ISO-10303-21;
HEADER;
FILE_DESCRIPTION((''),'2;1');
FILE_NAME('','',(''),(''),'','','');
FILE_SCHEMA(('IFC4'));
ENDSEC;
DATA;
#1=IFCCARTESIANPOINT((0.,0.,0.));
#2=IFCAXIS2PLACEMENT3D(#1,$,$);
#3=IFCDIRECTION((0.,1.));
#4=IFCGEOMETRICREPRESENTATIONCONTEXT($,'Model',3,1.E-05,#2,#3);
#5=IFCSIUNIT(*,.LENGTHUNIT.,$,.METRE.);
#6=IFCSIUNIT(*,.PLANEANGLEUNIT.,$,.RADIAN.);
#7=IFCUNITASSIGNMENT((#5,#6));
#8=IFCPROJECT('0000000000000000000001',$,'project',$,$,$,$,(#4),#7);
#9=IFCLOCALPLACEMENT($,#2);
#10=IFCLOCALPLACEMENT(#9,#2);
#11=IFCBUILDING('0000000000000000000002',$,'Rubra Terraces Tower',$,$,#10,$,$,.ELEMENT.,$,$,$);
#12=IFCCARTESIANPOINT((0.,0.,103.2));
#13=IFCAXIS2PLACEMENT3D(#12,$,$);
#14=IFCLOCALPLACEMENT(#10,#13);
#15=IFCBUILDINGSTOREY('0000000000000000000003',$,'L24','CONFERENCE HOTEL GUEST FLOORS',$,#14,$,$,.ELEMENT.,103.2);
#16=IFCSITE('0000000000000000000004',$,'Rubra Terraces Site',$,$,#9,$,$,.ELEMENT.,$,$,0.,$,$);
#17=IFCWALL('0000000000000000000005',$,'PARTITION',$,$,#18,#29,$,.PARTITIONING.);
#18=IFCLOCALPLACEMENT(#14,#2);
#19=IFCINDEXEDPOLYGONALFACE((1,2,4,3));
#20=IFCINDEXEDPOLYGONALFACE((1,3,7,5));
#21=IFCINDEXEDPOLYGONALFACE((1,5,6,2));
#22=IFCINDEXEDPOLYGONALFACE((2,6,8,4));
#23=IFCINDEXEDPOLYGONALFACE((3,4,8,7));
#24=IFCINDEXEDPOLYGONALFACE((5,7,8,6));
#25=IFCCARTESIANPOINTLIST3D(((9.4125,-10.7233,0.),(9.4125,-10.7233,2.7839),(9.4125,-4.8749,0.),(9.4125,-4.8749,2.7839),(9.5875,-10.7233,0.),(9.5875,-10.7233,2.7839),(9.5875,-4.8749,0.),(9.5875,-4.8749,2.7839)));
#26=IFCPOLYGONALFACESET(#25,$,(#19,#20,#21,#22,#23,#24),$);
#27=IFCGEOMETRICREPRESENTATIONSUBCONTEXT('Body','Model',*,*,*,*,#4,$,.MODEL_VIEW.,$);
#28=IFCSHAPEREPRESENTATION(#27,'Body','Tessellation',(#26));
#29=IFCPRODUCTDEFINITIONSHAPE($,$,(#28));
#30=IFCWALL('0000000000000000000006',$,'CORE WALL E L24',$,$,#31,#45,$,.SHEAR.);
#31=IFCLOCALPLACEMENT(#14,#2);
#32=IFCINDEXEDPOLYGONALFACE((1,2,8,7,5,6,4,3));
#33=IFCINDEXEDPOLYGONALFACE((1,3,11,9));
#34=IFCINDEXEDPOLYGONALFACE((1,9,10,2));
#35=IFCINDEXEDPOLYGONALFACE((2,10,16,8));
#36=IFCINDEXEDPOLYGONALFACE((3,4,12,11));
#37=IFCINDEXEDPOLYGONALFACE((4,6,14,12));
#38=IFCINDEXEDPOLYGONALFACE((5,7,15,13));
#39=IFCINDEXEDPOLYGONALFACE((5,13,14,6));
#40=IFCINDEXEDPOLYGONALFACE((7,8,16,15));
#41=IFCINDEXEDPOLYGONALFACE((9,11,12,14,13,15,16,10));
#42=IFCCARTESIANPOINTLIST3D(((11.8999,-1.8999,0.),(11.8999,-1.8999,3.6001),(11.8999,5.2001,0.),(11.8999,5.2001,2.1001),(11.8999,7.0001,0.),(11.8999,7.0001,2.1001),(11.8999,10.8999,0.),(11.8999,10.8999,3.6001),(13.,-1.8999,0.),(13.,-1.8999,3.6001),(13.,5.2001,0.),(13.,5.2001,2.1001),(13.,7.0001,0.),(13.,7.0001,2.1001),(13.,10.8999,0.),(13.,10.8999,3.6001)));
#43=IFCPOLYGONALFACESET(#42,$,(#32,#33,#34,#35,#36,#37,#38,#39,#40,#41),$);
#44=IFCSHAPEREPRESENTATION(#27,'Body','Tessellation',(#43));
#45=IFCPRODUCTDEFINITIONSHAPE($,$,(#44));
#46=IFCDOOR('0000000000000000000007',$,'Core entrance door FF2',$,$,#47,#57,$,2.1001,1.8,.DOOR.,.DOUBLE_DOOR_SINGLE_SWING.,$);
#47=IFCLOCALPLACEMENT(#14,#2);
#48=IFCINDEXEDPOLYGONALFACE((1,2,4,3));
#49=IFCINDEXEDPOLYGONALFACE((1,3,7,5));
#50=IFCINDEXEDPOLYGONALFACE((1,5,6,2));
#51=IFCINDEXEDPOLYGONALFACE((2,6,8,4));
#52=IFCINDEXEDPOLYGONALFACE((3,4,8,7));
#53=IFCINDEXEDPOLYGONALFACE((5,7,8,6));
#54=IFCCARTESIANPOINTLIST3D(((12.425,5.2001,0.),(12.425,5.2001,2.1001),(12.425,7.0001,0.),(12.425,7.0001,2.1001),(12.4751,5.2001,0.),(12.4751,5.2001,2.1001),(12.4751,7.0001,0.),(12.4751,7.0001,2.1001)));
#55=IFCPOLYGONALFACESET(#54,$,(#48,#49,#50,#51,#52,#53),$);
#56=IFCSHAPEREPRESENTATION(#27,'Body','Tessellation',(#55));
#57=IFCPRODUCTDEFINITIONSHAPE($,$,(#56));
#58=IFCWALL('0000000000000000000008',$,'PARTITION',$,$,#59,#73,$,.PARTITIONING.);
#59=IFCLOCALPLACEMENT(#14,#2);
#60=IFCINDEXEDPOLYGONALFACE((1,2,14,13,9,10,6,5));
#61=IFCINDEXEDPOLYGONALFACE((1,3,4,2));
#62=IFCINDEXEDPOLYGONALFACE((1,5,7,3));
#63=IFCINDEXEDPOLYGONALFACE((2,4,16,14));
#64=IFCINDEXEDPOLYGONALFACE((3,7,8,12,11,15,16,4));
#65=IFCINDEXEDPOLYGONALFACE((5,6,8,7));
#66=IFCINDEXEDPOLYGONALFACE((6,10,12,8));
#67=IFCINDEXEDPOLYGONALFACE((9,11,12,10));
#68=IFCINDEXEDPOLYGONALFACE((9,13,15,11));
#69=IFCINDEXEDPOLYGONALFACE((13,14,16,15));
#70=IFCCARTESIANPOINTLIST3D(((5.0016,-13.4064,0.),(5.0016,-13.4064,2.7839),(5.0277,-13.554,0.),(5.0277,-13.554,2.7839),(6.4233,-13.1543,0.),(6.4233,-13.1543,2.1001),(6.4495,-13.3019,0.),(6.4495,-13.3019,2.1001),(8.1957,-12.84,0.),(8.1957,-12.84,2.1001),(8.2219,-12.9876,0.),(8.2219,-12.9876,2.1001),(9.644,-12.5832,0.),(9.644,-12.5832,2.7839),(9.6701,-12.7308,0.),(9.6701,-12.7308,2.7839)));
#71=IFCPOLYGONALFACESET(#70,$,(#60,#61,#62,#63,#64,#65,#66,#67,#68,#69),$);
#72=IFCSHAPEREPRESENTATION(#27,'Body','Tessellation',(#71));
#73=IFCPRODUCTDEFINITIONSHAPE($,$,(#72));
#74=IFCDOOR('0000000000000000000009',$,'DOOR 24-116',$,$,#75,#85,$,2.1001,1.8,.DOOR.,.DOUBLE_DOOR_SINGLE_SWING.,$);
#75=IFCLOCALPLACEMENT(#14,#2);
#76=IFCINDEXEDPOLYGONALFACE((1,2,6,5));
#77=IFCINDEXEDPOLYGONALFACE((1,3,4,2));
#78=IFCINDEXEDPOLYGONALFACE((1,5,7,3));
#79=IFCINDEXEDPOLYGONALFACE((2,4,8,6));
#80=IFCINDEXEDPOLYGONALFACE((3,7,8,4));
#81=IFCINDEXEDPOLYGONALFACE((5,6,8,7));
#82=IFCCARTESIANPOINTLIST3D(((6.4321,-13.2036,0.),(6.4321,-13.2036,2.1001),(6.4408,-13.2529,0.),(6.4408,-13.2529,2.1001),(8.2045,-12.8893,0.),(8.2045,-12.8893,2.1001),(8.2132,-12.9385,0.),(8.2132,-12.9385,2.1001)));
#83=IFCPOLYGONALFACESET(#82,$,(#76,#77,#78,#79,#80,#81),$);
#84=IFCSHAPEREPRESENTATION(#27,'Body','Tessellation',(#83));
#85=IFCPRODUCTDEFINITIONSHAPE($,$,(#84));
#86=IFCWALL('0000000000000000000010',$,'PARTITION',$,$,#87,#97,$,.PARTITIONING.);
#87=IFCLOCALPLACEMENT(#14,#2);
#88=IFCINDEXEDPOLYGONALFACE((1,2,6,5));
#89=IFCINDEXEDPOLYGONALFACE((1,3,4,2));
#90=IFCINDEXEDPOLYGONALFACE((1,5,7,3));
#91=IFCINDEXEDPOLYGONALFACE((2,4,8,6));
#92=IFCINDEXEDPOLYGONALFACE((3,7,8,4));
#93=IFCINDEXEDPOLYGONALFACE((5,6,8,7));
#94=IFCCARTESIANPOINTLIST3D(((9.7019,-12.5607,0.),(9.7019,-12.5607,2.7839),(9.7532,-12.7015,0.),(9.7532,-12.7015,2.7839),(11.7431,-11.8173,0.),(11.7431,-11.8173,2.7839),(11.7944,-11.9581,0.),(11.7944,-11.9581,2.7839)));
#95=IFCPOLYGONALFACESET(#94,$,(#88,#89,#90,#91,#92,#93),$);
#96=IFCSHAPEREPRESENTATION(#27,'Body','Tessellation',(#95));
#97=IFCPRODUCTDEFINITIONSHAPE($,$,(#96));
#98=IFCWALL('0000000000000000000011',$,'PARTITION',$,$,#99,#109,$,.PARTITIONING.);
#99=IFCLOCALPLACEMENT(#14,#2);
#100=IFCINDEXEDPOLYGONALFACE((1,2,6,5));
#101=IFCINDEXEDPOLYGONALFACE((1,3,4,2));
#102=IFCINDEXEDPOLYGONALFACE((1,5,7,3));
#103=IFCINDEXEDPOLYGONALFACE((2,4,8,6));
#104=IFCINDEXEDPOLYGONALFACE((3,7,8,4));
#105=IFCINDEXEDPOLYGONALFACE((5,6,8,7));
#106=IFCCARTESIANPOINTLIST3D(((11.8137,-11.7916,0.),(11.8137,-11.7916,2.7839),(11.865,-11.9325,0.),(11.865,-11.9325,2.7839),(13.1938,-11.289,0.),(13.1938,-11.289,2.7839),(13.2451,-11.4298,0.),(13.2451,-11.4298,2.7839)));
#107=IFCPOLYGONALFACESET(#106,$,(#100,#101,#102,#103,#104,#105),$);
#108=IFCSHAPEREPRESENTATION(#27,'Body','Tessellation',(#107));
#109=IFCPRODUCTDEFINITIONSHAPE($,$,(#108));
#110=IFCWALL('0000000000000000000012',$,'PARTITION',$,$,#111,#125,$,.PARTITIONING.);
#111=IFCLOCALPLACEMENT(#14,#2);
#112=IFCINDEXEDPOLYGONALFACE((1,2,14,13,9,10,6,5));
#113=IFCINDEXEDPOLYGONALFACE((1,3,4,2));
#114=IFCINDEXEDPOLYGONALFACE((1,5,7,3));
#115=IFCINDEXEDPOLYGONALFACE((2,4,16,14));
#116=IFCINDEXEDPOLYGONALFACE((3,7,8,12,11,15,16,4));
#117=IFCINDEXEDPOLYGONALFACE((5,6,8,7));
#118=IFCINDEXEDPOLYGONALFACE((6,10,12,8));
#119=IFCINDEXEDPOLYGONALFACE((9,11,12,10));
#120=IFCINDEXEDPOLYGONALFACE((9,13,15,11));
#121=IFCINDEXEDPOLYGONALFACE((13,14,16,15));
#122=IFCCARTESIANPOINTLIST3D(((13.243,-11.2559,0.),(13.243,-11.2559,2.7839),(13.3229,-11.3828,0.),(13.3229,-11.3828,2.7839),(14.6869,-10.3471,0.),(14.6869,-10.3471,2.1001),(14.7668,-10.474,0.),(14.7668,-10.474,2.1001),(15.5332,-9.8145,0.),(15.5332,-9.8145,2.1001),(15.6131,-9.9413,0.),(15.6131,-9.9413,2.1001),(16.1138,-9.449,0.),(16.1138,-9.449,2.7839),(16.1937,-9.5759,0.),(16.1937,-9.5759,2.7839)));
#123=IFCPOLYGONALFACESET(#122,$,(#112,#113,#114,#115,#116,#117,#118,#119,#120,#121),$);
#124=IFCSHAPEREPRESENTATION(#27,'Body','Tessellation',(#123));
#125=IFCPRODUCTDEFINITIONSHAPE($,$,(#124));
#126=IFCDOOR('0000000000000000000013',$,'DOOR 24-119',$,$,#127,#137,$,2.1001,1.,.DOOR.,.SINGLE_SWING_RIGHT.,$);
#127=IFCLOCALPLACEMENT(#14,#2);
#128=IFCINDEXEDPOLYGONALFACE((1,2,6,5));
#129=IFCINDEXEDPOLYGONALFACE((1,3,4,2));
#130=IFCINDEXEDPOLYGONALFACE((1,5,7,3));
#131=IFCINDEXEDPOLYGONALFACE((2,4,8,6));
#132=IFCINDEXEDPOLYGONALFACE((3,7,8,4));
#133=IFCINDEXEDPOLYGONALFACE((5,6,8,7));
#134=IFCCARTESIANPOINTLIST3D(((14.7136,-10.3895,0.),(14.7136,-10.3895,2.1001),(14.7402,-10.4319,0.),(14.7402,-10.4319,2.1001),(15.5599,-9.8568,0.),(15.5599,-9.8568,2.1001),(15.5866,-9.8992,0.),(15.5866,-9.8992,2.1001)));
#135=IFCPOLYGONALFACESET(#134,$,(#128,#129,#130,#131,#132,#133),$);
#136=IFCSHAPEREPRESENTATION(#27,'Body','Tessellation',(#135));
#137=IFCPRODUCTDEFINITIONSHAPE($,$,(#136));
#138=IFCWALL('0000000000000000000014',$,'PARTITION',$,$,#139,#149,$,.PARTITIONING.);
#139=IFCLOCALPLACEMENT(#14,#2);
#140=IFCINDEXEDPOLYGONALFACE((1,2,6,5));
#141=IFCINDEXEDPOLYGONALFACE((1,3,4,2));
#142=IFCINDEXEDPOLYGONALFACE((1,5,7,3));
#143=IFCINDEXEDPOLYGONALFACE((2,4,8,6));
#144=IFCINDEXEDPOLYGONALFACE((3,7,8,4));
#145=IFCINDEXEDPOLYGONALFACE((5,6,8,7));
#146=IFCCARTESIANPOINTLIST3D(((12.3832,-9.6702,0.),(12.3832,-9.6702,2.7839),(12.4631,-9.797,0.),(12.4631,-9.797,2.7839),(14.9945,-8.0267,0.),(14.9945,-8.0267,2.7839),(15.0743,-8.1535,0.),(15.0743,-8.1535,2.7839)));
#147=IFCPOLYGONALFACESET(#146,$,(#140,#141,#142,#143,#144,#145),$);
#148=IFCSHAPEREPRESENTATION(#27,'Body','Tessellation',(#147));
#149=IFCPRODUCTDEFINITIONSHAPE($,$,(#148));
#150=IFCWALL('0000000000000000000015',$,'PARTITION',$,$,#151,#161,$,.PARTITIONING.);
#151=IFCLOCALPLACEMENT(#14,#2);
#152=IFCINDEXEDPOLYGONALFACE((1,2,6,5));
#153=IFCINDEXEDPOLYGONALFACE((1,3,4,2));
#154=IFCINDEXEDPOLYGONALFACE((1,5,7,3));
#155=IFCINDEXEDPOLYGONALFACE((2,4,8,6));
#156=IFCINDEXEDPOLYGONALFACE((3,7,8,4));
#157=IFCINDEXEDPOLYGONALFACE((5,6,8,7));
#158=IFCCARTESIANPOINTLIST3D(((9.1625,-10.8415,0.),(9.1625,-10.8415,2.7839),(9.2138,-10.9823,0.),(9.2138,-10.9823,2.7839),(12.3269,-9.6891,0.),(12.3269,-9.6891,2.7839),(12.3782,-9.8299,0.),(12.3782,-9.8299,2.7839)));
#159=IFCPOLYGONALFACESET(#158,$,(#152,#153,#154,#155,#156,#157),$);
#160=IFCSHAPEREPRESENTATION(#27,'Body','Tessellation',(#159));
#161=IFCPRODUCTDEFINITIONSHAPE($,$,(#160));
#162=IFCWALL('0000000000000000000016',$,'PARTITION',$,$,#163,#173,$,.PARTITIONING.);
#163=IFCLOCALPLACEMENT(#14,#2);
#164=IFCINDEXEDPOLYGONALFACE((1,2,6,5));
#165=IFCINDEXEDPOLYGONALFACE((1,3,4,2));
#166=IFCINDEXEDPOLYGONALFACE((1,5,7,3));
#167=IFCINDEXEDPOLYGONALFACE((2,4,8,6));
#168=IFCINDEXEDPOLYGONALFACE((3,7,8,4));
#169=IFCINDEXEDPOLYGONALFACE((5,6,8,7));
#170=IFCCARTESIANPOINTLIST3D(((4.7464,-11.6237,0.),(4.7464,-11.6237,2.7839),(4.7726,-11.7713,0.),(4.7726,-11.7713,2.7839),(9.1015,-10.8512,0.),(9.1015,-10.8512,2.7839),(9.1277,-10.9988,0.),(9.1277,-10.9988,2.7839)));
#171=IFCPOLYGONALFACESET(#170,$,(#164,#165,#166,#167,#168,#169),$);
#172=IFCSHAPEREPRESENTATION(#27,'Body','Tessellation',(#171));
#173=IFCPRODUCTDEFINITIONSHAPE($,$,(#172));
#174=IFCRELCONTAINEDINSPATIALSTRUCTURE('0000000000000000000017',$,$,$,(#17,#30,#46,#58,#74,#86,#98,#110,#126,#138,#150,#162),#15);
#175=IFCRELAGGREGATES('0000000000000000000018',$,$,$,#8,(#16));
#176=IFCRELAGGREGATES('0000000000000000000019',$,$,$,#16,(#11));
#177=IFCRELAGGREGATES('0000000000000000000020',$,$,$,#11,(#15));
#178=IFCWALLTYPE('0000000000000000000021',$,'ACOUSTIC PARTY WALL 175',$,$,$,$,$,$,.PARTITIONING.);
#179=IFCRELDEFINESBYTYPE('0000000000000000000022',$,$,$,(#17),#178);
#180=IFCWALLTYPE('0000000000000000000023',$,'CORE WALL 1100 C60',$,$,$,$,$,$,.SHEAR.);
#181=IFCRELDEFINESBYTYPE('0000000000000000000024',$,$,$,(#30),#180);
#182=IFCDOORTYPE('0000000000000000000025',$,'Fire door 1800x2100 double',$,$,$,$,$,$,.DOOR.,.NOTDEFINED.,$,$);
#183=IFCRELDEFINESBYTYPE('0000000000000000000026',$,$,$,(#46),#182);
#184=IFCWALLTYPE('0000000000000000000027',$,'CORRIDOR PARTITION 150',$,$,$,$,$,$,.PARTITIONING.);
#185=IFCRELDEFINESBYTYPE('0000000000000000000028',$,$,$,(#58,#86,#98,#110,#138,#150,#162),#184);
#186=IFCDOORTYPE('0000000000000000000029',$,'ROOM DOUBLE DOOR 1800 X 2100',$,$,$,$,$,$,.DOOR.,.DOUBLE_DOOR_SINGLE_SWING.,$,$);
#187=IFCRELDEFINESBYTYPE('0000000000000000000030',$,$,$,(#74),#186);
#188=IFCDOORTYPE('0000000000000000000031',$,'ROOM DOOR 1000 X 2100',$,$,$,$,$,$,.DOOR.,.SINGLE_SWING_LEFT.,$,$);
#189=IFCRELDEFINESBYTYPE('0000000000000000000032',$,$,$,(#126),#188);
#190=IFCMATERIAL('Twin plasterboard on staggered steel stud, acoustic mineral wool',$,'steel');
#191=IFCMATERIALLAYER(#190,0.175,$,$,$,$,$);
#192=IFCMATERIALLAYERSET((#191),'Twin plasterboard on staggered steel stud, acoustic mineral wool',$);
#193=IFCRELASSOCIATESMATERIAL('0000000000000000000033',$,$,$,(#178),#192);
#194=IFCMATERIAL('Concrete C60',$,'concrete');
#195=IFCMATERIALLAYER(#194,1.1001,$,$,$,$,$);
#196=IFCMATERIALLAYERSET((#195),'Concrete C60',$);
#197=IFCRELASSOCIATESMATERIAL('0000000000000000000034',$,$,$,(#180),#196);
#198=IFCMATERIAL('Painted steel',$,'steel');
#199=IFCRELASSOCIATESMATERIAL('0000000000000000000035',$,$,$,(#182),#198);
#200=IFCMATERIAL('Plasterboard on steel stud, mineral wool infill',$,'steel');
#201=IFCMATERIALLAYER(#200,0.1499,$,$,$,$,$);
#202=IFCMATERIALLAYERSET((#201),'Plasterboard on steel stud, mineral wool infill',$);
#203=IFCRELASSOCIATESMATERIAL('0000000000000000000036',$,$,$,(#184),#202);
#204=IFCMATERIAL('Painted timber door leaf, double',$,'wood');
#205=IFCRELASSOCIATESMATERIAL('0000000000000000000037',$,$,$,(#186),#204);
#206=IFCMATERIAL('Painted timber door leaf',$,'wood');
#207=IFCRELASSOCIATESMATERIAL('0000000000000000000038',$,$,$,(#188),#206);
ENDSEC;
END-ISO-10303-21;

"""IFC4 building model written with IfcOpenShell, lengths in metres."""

from ifc_helpers import new_model, si_unit, direction, frame, frame_2d, origin, place, context, subcontext, project, spatial, rectangle, extrude, material, layer, layer_set, type_object, element, fill, save


model = new_model("IFC4")

# Units and contexts
model_context = context("Model", 3, precision=1e-05, world=origin(), true_north=direction((0.0, 1.0)))
body_context = subcontext(model_context, "Body", "Model", "MODEL_VIEW")
ifc_project = project(units=[si_unit("LENGTHUNIT", "METRE"), si_unit("PLANEANGLEUNIT", "RADIAN")], contexts=[model_context])

# Site, building, storey
site_placement = place(None, origin())
site = spatial("IfcSite", under=ifc_project, at=site_placement, Name="Rubra Terraces Site", CompositionType="ELEMENT", RefElevation=0.0)
building_placement = place(site_placement, origin())
building = spatial("IfcBuilding", under=site, at=building_placement, Name="Rubra Terraces Tower", CompositionType="ELEMENT")
storey_placement = place(building_placement, frame((0.0, 0.0, 103.2)))
storey = spatial("IfcBuildingStorey", under=building, at=storey_placement, Name="L24", Description="CONFERENCE HOTEL GUEST FLOORS", CompositionType="ELEMENT", Elevation=103.2)

# Wall
ifc_material_1 = material(Name="Twin plasterboard on staggered steel stud, acoustic mineral wool", Category="steel")
ifc_layer_1 = layer(ifc_material_1, 0.175)
ifc_layer_set_1 = layer_set([ifc_layer_1], Name="Twin plasterboard on staggered steel stud, acoustic mineral wool")
wall_type_1 = type_object("IfcWallType", Name="ACOUSTIC PARTY WALL 175", PredefinedType="PARTITIONING", material=ifc_layer_set_1)
wall_1_placement = place(storey_placement, frame((9.5, -10.7234, 0.0), z_axis=(0.0, 0.0, 1.0), x_axis=(0.0, 1.0, 0.0)))
element("IfcWall", 1, at=wall_1_placement, inside=storey, type_object=wall_type_1, Name="PARTITION", PredefinedType="PARTITIONING", context=body_context, shape_type="SweptSolid", body=[
    extrude(rectangle(XDim=5.8484, YDim=0.175, at=frame_2d((2.9243, 0.0))), origin(), (0.0, 0.0, 1.0), 2.7839),
])

# Walls, openings, doors
ifc_material_2 = material(Name="Concrete C60", Category="concrete")
ifc_layer_2 = layer(ifc_material_2, 1.1001)
ifc_layer_set_2 = layer_set([ifc_layer_2], Name="Concrete C60")
wall_type_2 = type_object("IfcWallType", Name="CORE WALL 1100 C60", PredefinedType="SHEAR", material=ifc_layer_set_2)
wall_2_placement = place(storey_placement, frame((12.45, -1.8999, 0.0), z_axis=(0.0, 0.0, 1.0), x_axis=(0.0, 1.0, 0.0)))
wall_2 = element("IfcWall", 2, at=wall_2_placement, inside=storey, type_object=wall_type_2, Name="CORE WALL E L24", PredefinedType="SHEAR", context=body_context, shape_type="SweptSolid", body=[
    extrude(rectangle(XDim=12.7998, YDim=1.1001, at=frame_2d((6.3999, 0.0))), origin(), (0.0, 0.0, 1.0), 3.6001),
])
opening_1_placement = place(wall_2_placement, frame((7.1001, 0.0, 0.0)))
opening_1 = element("IfcOpeningElement", 3, at=opening_1_placement, cuts=wall_2, PredefinedType="OPENING", context=body_context, shape_type="SweptSolid", body=[
    extrude(rectangle(XDim=1.8, YDim=2.1001, at=frame_2d((0.8999, 1.05))), frame((0.0, 0.5601, 0.0), z_axis=(0.0, -1.0, 0.0), x_axis=(1.0, 0.0, 0.0)), (0.0, 0.0, 1.0), 1.1201),
])
ifc_material_3 = material(Name="Painted steel", Category="steel")
door_type_1 = type_object("IfcDoorType", Name="Fire door 1800x2100 double", OperationType="NOTDEFINED", PredefinedType="DOOR", material=ifc_material_3)
door_1_placement = place(opening_1_placement, origin())
door_1 = element("IfcDoor", 4, at=door_1_placement, inside=storey, type_object=door_type_1, Name="Core entrance door FF2", OperationType="DOUBLE_DOOR_SINGLE_SWING", OverallHeight=2.1001, OverallWidth=1.8, PredefinedType="DOOR", context=body_context, shape_type="SweptSolid", body=[
    extrude(rectangle(XDim=1.8, YDim=2.1001, at=frame_2d((0.8999, 1.05))), frame((0.0, 0.0249, 0.0), z_axis=(0.0, -1.0, 0.0), x_axis=(1.0, 0.0, 0.0)), (0.0, 0.0, 1.0), 0.05),
])
fill(opening_1, door_1)
ifc_material_4 = material(Name="Plasterboard on steel stud, mineral wool infill", Category="steel")
ifc_layer_3 = layer(ifc_material_4, 0.1499)
ifc_layer_set_3 = layer_set([ifc_layer_3], Name="Plasterboard on steel stud, mineral wool infill")
wall_type_3 = type_object("IfcWallType", Name="CORRIDOR PARTITION 150", PredefinedType="PARTITIONING", material=ifc_layer_set_3)
wall_3_placement = place(storey_placement, frame((5.0146, -13.4802, 0.0), z_axis=(0.0, 0.0, 1.0), x_axis=(0.984638, 0.174609, 0.0)))
wall_3 = element("IfcWall", 5, at=wall_3_placement, inside=storey, type_object=wall_type_3, Name="PARTITION", PredefinedType="PARTITIONING", context=body_context, shape_type="SweptSolid", body=[
    extrude(rectangle(XDim=4.7148, YDim=0.1499, at=frame_2d((2.3574, 0.0))), origin(), (0.0, 0.0, 1.0), 2.7839),
])
opening_2_placement = place(wall_3_placement, frame((1.4441, 0.0, 0.0)))
opening_2 = element("IfcOpeningElement", 6, at=opening_2_placement, cuts=wall_3, PredefinedType="OPENING", context=body_context, shape_type="SweptSolid", body=[
    extrude(rectangle(XDim=1.8, YDim=2.1001, at=frame_2d((0.8999, 1.05))), frame((0.0, 0.085, 0.0), z_axis=(0.0, -1.0, 0.0), x_axis=(1.0, 0.0, 0.0)), (0.0, 0.0, 1.0), 0.1699),
])
ifc_material_5 = material(Name="Painted timber door leaf, double", Category="wood")
door_type_2 = type_object("IfcDoorType", Name="ROOM DOUBLE DOOR 1800 X 2100", OperationType="DOUBLE_DOOR_SINGLE_SWING", PredefinedType="DOOR", material=ifc_material_5)
door_2_placement = place(opening_2_placement, origin())
door_2 = element("IfcDoor", 7, at=door_2_placement, inside=storey, type_object=door_type_2, Name="DOOR 24-116", OperationType="DOUBLE_DOOR_SINGLE_SWING", OverallHeight=2.1001, OverallWidth=1.8, PredefinedType="DOOR", context=body_context, shape_type="SweptSolid", body=[
    extrude(rectangle(XDim=1.8, YDim=2.1001, at=frame_2d((0.8999, 1.05))), frame((0.0, 0.0249, 0.0), z_axis=(0.0, -1.0, 0.0), x_axis=(1.0, 0.0, 0.0)), (0.0, 0.0, 1.0), 0.05),
])
fill(opening_2, door_2)

# Walls
wall_4_placement = place(storey_placement, frame((9.7275, -12.6311, 0.0), z_axis=(0.0, 0.0, 1.0), x_axis=(0.939626, 0.342203, 0.0)))
element("IfcWall", 8, at=wall_4_placement, inside=storey, type_object=wall_type_3, Name="PARTITION", PredefinedType="PARTITIONING", context=body_context, shape_type="SweptSolid", body=[
    extrude(rectangle(XDim=2.1724, YDim=0.1499, at=frame_2d((1.0862, 0.0))), origin(), (0.0, 0.0, 1.0), 2.7839),
])
wall_5_placement = place(storey_placement, frame((11.8394, -11.8621, 0.0), z_axis=(0.0, 0.0, 1.0), x_axis=(0.939614, 0.342237, 0.0)))
element("IfcWall", 9, at=wall_5_placement, inside=storey, type_object=wall_type_3, Name="PARTITION", PredefinedType="PARTITIONING", context=body_context, shape_type="SweptSolid", body=[
    extrude(rectangle(XDim=1.4688, YDim=0.1499, at=frame_2d((0.7344, 0.0))), origin(), (0.0, 0.0, 1.0), 2.7839),
])

# Wall, opening, door
wall_6_placement = place(storey_placement, frame((13.283, -11.3193, 0.0), z_axis=(0.0, 0.0, 1.0), x_axis=(0.846324, 0.532668, 0.0)))
wall_6 = element("IfcWall", 10, at=wall_6_placement, inside=storey, type_object=wall_type_3, Name="PARTITION", PredefinedType="PARTITIONING", context=body_context, shape_type="SweptSolid", body=[
    extrude(rectangle(XDim=3.3921, YDim=0.1499, at=frame_2d((1.696, 0.0))), origin(), (0.0, 0.0, 1.0), 2.7839),
])
opening_3_placement = place(wall_6_placement, frame((1.7061, 0.0, 0.0)))
opening_3 = element("IfcOpeningElement", 11, at=opening_3_placement, cuts=wall_6, PredefinedType="OPENING", context=body_context, shape_type="SweptSolid", body=[
    extrude(rectangle(XDim=1.0, YDim=2.1001, at=frame_2d((0.5, 1.05))), frame((0.0, 0.085, 0.0), z_axis=(0.0, -1.0, 0.0), x_axis=(1.0, 0.0, 0.0)), (0.0, 0.0, 1.0), 0.1699),
])
ifc_material_6 = material(Name="Painted timber door leaf", Category="wood")
door_type_3 = type_object("IfcDoorType", Name="ROOM DOOR 1000 X 2100", OperationType="SINGLE_SWING_LEFT", PredefinedType="DOOR", material=ifc_material_6)
door_3_placement = place(opening_3_placement, origin())
door_3 = element("IfcDoor", 12, at=door_3_placement, inside=storey, type_object=door_type_3, Name="DOOR 24-119", OperationType="SINGLE_SWING_RIGHT", OverallHeight=2.1001, OverallWidth=1.0, PredefinedType="DOOR", context=body_context, shape_type="SweptSolid", body=[
    extrude(rectangle(XDim=1.0, YDim=2.1001, at=frame_2d((0.5, 1.05))), frame((0.0, 0.0249, 0.0), z_axis=(0.0, -1.0, 0.0), x_axis=(1.0, 0.0, 0.0)), (0.0, 0.0, 1.0), 0.05),
])
fill(opening_3, door_3)

# Walls
wall_7_placement = place(storey_placement, frame((15.0344, -8.0901, 0.0), z_axis=(0.0, 0.0, 1.0), x_axis=(-0.846323, -0.532671, 0.0)))
element("IfcWall", 13, at=wall_7_placement, inside=storey, type_object=wall_type_3, Name="PARTITION", PredefinedType="PARTITIONING", context=body_context, shape_type="SweptSolid", body=[
    extrude(rectangle(XDim=3.0854, YDim=0.1499, at=frame_2d((1.5427, 0.0))), origin(), (0.0, 0.0, 1.0), 2.7839),
])
wall_8_placement = place(storey_placement, frame((12.3525, -9.7595, 0.0), z_axis=(0.0, 0.0, 1.0), x_axis=(-0.939632, -0.342185, 0.0)))
element("IfcWall", 14, at=wall_8_placement, inside=storey, type_object=wall_type_3, Name="PARTITION", PredefinedType="PARTITIONING", context=body_context, shape_type="SweptSolid", body=[
    extrude(rectangle(XDim=3.3677, YDim=0.1499, at=frame_2d((1.6838, 0.0))), origin(), (0.0, 0.0, 1.0), 2.7839),
])
wall_9_placement = place(storey_placement, frame((9.1145, -10.925, 0.0), z_axis=(0.0, 0.0, 1.0), x_axis=(-0.984633, -0.174639, 0.0)))
element("IfcWall", 15, at=wall_9_placement, inside=storey, type_object=wall_type_3, Name="PARTITION", PredefinedType="PARTITIONING", context=body_context, shape_type="SweptSolid", body=[
    extrude(rectangle(XDim=4.4231, YDim=0.1499, at=frame_2d((2.2114, 0.0))), origin(), (0.0, 0.0, 1.0), 2.7839),
])

save(model, "model.ifc")
